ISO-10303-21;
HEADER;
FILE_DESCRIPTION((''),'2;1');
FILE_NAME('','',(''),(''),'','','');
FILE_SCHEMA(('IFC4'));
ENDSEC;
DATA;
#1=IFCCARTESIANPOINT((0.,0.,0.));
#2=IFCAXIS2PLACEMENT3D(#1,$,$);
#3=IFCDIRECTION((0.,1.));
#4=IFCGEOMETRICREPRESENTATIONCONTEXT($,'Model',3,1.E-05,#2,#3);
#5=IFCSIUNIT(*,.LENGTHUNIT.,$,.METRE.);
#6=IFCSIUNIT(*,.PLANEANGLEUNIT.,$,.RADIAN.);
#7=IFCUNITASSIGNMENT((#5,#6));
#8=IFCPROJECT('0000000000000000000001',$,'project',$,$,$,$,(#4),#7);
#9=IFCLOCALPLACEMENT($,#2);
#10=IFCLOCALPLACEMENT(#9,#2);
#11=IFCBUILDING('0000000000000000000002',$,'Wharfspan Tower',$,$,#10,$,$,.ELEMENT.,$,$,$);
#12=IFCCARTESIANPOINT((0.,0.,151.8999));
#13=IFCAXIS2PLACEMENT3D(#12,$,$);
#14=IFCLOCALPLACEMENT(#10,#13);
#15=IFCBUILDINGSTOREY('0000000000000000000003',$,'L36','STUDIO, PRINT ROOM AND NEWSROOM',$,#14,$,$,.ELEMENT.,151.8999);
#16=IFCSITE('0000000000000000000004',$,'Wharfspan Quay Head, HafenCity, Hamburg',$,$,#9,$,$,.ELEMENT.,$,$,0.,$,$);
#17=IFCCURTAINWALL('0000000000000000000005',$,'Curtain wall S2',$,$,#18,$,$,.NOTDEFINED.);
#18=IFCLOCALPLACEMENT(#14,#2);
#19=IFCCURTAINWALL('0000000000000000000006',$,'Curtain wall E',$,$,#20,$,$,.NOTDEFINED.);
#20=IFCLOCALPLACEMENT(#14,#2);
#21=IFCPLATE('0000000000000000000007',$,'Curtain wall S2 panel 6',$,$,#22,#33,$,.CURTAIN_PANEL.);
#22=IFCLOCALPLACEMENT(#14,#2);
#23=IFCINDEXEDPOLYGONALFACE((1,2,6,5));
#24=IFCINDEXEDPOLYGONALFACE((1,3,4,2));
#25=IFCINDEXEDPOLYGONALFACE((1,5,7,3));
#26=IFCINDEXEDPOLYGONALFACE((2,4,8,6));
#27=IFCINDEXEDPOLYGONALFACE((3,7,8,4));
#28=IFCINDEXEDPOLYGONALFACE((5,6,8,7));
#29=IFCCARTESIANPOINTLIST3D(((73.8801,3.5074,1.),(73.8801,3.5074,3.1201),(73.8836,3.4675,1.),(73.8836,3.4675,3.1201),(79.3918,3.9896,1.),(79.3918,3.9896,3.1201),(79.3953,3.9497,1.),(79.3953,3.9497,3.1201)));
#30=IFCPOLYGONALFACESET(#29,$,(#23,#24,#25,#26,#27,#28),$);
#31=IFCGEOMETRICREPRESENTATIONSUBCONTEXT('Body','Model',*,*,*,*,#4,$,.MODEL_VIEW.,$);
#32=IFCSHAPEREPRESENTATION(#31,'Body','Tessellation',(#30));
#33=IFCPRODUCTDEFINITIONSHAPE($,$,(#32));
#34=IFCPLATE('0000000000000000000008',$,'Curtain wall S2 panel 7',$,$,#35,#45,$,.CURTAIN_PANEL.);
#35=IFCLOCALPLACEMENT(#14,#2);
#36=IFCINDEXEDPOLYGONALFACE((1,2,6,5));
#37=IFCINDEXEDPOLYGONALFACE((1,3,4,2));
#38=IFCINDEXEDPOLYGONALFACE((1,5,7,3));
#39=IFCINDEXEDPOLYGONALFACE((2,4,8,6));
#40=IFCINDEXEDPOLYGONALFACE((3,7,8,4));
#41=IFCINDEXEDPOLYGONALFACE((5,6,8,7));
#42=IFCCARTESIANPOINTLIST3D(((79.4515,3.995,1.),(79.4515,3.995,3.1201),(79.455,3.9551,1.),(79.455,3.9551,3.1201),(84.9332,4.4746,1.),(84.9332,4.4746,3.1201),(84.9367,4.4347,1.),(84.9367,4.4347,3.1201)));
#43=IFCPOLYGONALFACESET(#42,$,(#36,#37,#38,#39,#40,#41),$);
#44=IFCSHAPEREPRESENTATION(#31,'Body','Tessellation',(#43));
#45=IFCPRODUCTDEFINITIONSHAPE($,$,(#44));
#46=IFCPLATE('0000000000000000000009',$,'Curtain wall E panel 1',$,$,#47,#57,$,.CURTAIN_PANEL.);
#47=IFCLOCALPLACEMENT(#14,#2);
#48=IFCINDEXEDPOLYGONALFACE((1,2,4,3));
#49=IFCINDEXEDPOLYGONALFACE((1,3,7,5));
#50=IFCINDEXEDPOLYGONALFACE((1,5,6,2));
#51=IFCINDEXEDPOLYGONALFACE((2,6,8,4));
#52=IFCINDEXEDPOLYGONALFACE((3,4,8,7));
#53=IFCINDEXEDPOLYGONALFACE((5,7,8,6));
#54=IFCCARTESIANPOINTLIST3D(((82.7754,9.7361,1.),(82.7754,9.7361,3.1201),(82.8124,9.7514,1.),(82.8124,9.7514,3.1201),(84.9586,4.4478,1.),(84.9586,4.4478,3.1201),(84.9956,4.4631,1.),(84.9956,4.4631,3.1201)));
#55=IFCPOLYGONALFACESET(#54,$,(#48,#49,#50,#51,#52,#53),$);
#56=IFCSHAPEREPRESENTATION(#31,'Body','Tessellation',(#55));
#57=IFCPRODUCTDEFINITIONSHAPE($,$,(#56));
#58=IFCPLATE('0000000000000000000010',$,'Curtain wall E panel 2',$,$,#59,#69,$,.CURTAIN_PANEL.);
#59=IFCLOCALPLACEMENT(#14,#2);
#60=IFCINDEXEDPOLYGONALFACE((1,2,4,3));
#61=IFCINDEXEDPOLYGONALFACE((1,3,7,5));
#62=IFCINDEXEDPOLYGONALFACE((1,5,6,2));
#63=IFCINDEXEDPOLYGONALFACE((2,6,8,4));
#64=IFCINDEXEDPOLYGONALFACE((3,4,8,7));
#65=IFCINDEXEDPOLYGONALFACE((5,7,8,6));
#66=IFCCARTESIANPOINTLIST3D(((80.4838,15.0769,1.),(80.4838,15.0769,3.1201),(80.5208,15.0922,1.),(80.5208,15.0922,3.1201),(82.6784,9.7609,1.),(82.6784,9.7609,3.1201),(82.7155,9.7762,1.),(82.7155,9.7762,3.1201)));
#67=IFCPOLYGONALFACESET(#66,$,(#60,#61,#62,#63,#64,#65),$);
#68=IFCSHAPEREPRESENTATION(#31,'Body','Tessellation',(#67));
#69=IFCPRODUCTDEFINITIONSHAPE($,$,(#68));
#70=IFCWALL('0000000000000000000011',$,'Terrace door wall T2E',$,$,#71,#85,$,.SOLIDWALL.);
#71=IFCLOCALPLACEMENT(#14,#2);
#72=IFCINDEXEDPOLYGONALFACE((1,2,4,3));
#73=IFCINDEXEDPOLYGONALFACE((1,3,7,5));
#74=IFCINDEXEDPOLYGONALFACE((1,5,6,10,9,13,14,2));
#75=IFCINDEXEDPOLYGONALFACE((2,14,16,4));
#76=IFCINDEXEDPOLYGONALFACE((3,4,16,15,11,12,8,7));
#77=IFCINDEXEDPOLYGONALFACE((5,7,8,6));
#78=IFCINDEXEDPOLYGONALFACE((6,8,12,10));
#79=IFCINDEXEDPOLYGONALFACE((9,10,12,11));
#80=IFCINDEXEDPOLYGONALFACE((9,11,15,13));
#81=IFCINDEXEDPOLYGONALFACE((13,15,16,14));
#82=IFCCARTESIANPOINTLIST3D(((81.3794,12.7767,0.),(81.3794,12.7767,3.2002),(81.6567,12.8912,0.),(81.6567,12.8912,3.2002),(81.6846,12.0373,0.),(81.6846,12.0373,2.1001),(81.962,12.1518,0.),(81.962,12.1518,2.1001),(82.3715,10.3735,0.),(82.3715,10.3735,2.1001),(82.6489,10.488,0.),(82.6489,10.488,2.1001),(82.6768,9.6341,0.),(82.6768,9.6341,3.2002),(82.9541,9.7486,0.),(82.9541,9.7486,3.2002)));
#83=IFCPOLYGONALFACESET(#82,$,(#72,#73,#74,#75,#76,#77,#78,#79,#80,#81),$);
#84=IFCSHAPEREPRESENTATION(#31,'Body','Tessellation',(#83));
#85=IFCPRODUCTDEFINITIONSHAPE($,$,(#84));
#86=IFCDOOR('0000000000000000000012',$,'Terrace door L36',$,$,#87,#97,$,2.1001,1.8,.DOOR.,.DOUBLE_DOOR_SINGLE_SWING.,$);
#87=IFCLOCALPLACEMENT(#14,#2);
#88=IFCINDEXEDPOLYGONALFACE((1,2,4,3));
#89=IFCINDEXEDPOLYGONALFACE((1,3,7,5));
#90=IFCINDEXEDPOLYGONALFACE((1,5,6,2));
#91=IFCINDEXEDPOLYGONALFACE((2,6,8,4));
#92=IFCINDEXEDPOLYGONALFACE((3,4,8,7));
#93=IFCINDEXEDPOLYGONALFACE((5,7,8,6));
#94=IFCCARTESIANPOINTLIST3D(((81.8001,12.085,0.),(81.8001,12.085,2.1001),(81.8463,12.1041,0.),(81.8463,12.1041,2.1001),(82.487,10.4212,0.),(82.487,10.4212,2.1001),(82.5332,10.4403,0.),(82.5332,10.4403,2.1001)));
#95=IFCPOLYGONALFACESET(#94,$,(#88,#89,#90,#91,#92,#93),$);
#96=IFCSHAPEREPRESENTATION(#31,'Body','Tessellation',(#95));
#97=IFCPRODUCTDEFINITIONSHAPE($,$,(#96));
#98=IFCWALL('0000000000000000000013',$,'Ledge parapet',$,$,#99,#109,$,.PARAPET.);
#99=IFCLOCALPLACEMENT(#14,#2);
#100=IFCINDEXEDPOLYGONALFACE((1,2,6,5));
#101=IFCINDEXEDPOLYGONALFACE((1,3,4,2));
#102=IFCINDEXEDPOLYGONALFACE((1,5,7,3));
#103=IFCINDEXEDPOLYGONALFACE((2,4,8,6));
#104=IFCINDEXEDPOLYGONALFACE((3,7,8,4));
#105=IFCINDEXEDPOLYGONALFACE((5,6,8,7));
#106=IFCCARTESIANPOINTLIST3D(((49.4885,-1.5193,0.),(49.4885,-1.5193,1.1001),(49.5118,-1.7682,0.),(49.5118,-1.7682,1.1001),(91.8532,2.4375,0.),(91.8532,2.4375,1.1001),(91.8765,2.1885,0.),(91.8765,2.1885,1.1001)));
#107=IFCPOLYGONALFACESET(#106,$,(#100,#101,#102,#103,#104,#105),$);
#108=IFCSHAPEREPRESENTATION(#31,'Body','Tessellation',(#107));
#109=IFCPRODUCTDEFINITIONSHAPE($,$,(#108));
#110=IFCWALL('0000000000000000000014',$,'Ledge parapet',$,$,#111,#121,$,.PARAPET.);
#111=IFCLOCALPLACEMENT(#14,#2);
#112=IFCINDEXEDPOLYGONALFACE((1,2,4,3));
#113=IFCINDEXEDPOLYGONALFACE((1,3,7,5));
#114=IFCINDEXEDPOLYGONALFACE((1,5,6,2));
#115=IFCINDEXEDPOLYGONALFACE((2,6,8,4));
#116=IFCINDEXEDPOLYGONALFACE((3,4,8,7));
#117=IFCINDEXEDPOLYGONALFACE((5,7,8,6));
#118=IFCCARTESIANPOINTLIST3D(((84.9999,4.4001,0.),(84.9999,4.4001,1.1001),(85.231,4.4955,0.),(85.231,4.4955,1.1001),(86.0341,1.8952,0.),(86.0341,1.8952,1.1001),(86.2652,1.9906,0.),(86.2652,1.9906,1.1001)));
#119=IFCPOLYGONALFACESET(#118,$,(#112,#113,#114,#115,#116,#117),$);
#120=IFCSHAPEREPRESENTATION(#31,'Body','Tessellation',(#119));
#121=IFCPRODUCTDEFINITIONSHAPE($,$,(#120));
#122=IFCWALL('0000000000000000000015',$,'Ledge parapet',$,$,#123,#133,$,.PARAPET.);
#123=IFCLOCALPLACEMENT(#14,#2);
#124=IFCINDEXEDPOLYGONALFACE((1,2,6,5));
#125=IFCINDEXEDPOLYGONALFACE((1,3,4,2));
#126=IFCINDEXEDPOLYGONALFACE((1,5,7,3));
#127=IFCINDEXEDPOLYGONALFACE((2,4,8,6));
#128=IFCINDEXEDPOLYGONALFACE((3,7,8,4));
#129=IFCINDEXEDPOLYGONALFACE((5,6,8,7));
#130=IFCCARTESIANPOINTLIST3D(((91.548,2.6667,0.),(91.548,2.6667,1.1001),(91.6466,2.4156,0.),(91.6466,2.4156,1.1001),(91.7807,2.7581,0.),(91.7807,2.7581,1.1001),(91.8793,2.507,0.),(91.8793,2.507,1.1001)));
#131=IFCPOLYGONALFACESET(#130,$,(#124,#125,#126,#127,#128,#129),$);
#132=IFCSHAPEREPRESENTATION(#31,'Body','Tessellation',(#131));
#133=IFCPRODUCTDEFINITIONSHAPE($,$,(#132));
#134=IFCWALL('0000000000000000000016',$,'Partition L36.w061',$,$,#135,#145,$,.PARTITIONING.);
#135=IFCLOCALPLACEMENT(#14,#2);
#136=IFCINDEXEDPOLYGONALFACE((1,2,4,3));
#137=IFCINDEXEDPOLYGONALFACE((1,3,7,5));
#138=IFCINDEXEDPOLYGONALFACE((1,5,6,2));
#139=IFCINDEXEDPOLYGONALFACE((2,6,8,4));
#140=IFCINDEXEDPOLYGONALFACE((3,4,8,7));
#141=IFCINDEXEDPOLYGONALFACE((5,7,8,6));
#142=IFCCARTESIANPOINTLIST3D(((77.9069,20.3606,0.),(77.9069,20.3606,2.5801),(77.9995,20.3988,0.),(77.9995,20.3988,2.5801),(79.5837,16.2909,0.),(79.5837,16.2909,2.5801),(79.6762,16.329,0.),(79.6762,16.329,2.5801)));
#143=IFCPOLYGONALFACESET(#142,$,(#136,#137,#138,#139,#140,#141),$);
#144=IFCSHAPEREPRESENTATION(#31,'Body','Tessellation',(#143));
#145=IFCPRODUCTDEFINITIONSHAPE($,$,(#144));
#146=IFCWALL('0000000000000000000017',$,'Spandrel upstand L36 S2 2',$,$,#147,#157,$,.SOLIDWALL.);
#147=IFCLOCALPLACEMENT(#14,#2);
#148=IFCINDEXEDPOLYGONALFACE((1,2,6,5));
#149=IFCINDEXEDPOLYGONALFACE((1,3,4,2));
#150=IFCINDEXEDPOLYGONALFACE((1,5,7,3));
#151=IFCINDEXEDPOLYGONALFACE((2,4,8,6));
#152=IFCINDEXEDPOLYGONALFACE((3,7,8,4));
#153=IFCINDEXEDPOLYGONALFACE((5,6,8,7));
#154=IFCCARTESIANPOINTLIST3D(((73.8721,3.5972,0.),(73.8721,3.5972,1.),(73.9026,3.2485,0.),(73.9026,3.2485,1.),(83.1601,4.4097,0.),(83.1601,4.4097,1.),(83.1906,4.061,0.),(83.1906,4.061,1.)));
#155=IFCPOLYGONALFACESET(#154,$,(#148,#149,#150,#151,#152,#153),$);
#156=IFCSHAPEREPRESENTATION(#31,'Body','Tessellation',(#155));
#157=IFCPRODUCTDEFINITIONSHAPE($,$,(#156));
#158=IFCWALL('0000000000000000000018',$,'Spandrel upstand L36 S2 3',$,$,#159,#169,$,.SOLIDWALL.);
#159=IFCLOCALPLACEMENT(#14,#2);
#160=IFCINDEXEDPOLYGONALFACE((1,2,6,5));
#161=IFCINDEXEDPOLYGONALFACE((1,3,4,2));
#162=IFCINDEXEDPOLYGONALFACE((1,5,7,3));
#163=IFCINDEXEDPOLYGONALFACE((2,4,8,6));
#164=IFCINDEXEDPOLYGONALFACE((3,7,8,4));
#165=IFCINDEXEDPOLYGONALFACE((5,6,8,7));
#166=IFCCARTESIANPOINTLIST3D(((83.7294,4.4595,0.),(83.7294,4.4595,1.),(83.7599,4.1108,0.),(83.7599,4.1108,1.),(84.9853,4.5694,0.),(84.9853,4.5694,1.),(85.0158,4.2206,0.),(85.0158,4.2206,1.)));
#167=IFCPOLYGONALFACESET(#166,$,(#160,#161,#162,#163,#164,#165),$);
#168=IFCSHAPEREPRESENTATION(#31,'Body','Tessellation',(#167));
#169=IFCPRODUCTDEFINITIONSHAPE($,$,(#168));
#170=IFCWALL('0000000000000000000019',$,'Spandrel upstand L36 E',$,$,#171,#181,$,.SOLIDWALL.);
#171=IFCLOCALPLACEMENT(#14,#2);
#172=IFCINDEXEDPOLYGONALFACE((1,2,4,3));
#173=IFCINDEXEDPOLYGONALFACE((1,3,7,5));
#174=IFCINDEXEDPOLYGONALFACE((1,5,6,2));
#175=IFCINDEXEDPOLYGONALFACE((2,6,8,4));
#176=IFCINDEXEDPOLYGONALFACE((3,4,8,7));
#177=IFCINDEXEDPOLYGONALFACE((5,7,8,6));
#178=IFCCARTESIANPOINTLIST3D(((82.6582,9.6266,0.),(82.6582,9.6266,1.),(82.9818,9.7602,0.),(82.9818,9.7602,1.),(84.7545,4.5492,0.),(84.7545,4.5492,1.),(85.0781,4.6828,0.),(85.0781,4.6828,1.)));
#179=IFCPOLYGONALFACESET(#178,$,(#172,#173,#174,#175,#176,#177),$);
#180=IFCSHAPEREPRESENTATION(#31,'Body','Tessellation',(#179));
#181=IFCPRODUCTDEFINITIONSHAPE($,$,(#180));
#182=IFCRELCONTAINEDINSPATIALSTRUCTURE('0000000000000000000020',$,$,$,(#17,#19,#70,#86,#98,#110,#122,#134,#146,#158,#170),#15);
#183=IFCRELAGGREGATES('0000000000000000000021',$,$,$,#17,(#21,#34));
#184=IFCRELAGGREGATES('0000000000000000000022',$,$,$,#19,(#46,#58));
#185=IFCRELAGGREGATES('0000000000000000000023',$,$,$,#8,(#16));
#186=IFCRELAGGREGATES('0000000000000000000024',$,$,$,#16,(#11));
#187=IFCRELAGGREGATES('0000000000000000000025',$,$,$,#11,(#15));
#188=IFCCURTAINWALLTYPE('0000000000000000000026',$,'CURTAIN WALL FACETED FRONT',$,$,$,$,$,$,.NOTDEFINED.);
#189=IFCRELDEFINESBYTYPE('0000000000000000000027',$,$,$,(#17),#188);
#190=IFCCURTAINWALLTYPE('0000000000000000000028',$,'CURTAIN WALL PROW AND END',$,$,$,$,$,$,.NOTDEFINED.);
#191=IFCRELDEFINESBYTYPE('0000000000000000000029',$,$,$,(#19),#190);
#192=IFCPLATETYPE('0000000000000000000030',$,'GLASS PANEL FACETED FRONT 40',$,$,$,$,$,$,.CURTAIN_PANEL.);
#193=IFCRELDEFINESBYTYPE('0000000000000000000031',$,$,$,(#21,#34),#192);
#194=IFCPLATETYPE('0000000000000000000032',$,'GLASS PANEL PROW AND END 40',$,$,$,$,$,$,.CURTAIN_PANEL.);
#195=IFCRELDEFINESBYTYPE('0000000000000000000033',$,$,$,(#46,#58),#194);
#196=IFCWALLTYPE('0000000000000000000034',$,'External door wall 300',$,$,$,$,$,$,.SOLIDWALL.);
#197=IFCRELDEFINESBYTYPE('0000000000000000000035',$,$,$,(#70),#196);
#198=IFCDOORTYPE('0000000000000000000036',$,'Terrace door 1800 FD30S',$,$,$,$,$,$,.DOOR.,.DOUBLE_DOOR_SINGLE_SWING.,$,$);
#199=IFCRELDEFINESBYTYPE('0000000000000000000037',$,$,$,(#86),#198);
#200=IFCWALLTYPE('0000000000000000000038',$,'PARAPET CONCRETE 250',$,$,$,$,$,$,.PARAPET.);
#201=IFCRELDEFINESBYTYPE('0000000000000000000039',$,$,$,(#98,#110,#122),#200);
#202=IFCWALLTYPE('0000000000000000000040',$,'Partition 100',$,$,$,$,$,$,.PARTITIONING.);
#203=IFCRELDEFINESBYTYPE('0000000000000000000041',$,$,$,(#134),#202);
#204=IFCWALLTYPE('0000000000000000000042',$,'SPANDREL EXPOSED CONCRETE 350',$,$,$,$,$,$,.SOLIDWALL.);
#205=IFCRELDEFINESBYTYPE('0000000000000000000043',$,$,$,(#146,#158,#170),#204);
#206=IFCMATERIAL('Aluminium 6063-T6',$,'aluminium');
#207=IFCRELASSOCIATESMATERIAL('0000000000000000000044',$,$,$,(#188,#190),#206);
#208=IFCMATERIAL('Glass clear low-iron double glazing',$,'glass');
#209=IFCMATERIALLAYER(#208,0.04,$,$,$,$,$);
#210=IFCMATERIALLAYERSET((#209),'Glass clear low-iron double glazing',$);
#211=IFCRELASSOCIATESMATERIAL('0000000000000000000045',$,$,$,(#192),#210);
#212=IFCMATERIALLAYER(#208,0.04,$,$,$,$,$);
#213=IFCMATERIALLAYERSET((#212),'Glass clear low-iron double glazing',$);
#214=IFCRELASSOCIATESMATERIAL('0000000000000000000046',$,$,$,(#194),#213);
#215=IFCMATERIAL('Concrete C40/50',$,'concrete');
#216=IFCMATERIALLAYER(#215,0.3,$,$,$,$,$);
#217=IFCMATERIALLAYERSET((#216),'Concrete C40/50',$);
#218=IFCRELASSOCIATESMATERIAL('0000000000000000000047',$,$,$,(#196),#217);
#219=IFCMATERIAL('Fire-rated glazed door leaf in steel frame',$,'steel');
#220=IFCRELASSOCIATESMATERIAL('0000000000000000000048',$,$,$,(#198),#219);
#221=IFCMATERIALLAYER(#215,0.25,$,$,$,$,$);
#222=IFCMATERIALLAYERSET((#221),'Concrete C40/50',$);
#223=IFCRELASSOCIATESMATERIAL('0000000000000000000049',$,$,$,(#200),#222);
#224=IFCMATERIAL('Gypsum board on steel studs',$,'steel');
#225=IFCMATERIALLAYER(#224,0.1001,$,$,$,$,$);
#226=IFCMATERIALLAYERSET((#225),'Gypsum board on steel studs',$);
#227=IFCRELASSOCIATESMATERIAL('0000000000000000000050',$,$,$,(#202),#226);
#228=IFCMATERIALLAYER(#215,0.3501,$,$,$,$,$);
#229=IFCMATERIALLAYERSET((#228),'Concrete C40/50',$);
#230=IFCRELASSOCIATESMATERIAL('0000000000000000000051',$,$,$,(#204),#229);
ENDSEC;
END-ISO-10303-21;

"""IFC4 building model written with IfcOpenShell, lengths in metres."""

from ifc_helpers import new_model, si_unit, direction, frame, frame_2d, origin, origin_2d, place, context, subcontext, project, spatial, rectangle, extrude, material, layer, layer_set, type_object, element, fill, aggregate, save


model = new_model("IFC4")

# Units and contexts
model_context = context("Model", 3, precision=1e-05, world=origin(), true_north=direction((0.0, 1.0)))
body_context = subcontext(model_context, "Body", "Model", "MODEL_VIEW")
ifc_project = project(units=[si_unit("LENGTHUNIT", "METRE"), si_unit("PLANEANGLEUNIT", "RADIAN")], contexts=[model_context])

# Site, building, storey
site_placement = place(None, origin())
site = spatial("IfcSite", under=ifc_project, at=site_placement, Name="Wharfspan Quay Head, HafenCity, Hamburg", CompositionType="ELEMENT", RefElevation=0.0)
building_placement = place(site_placement, origin())
building = spatial("IfcBuilding", under=site, at=building_placement, Name="Wharfspan Tower", CompositionType="ELEMENT")
storey_placement = place(building_placement, frame((0.0, 0.0, 151.8999)))
storey = spatial("IfcBuildingStorey", under=building, at=storey_placement, Name="L36", Description="STUDIO, PRINT ROOM AND NEWSROOM", CompositionType="ELEMENT", Elevation=151.8999)

# Curtain walls
ifc_material_1 = material(Name="Aluminium 6063-T6", Category="aluminium")
curtain_wall_type_1 = type_object("IfcCurtainWallType", Name="CURTAIN WALL FACETED FRONT", PredefinedType="NOTDEFINED", material=ifc_material_1)
curtain_wall_1_placement = place(storey_placement, origin())
curtain_wall_1 = element("IfcCurtainWall", 1, at=curtain_wall_1_placement, inside=storey, type_object=curtain_wall_type_1, Name="Curtain wall S2", PredefinedType="NOTDEFINED")
curtain_wall_type_2 = type_object("IfcCurtainWallType", Name="CURTAIN WALL PROW AND END", PredefinedType="NOTDEFINED", material=ifc_material_1)
curtain_wall_2_placement = place(storey_placement, origin())
curtain_wall_2 = element("IfcCurtainWall", 2, at=curtain_wall_2_placement, inside=storey, type_object=curtain_wall_type_2, Name="Curtain wall E", PredefinedType="NOTDEFINED")

# Plates
ifc_material_2 = material(Name="Glass clear low-iron double glazing", Category="glass")
ifc_layer_1 = layer(ifc_material_2, 0.04)
ifc_layer_set_1 = layer_set([ifc_layer_1], Name="Glass clear low-iron double glazing")
plate_type_1 = type_object("IfcPlateType", Name="GLASS PANEL FACETED FRONT 40", PredefinedType="CURTAIN_PANEL", material=ifc_layer_set_1)
plate_1_placement = place(storey_placement, frame((76.6377, 3.7285, 1.0), z_axis=(0.0, 0.0, 1.0), x_axis=(0.996198, 0.087156, 0.0)))
plate_1 = element("IfcPlate", 3, at=plate_1_placement, type_object=plate_type_1, Name="Curtain wall S2 panel 6", PredefinedType="CURTAIN_PANEL", context=body_context, shape_type="SweptSolid", body=[
    extrude(rectangle(XDim=5.5327, YDim=0.04, at=origin_2d()), origin(), (0.0, 0.0, 1.0), 2.1201),
])
plate_2_placement = place(storey_placement, frame((82.1941, 4.2148, 1.0), z_axis=(0.0, 0.0, 1.0), x_axis=(0.996198, 0.087156, 0.0)))
plate_2 = element("IfcPlate", 4, at=plate_2_placement, type_object=plate_type_1, Name="Curtain wall S2 panel 7", PredefinedType="CURTAIN_PANEL", context=body_context, shape_type="SweptSolid", body=[
    extrude(rectangle(XDim=5.5027, YDim=0.04, at=origin_2d()), origin(), (0.0, 0.0, 1.0), 2.1201),
])
aggregate(curtain_wall_1, [plate_1, plate_2])
ifc_layer_2 = layer(ifc_material_2, 0.04)
ifc_layer_set_2 = layer_set([ifc_layer_2], Name="Glass clear low-iron double glazing")
plate_type_2 = type_object("IfcPlateType", Name="GLASS PANEL PROW AND END 40", PredefinedType="CURTAIN_PANEL", material=ifc_layer_set_2)
plate_3_placement = place(storey_placement, frame((83.8855, 7.0996, 1.0), z_axis=(0.0, 0.0, 1.0), x_axis=(-0.381602, 0.924325, 0.0)))
plate_3 = element("IfcPlate", 5, at=plate_3_placement, type_object=plate_type_2, Name="Curtain wall E panel 1", PredefinedType="CURTAIN_PANEL", context=body_context, shape_type="SweptSolid", body=[
    extrude(rectangle(XDim=5.7212, YDim=0.04, at=origin_2d()), origin(), (0.0, 0.0, 1.0), 2.1201),
])
plate_4_placement = place(storey_placement, frame((81.5996, 12.4265, 1.0), z_axis=(0.0, 0.0, 1.0), x_axis=(-0.381602, 0.924325, 0.0)))
plate_4 = element("IfcPlate", 6, at=plate_4_placement, type_object=plate_type_2, Name="Curtain wall E panel 2", PredefinedType="CURTAIN_PANEL", context=body_context, shape_type="SweptSolid", body=[
    extrude(rectangle(XDim=5.7512, YDim=0.04, at=origin_2d()), origin(), (0.0, 0.0, 1.0), 2.1201),
])
aggregate(curtain_wall_2, [plate_3, plate_4])

# Wall, opening, door
ifc_material_3 = material(Name="Concrete C40/50", Category="concrete")
ifc_layer_3 = layer(ifc_material_3, 0.3)
ifc_layer_set_3 = layer_set([ifc_layer_3], Name="Concrete C40/50")
wall_type_1 = type_object("IfcWallType", Name="External door wall 300", PredefinedType="SOLIDWALL", material=ifc_layer_set_3)
wall_1_placement = place(storey_placement, frame((81.5181, 12.834, 0.0), z_axis=(0.0, 0.0, 1.0), x_axis=(0.381594, -0.924328, 0.0)))
wall_1 = element("IfcWall", 7, at=wall_1_placement, inside=storey, type_object=wall_type_1, Name="Terrace door wall T2E", PredefinedType="SOLIDWALL", context=body_context, shape_type="SweptSolid", body=[
    extrude(rectangle(XDim=3.3999, YDim=0.3, at=frame_2d((1.7, 0.0))), origin(), (0.0, 0.0, 1.0), 3.2002),
])
opening_placement = place(wall_1_placement, frame((0.8, 0.0, 0.0)))
opening = element("IfcOpeningElement", 8, at=opening_placement, cuts=wall_1, PredefinedType="OPENING", context=body_context, shape_type="SweptSolid", body=[
    extrude(rectangle(XDim=1.8, YDim=2.1001, at=frame_2d((0.8999, 1.05))), frame((0.0, 0.1599, 0.0), z_axis=(0.0, -1.0, 0.0), x_axis=(1.0, 0.0, 0.0)), (0.0, 0.0, 1.0), 0.3201),
])
ifc_material_4 = material(Name="Fire-rated glazed door leaf in steel frame", Category="steel")
door_type = type_object("IfcDoorType", Name="Terrace door 1800 FD30S", OperationType="DOUBLE_DOOR_SINGLE_SWING", PredefinedType="DOOR", material=ifc_material_4)
door_placement = place(opening_placement, origin())
door = element("IfcDoor", 9, at=door_placement, inside=storey, type_object=door_type, Name="Terrace door L36", OperationType="DOUBLE_DOOR_SINGLE_SWING", OverallHeight=2.1001, OverallWidth=1.8, PredefinedType="DOOR", context=body_context, shape_type="SweptSolid", body=[
    extrude(rectangle(XDim=1.8, YDim=2.1001, at=frame_2d((0.8999, 1.05))), frame((0.0, 0.0249, 0.0), z_axis=(0.0, -1.0, 0.0), x_axis=(1.0, 0.0, 0.0)), (0.0, 0.0, 1.0), 0.05),
])
fill(opening, door)

# Walls
ifc_layer_4 = layer(ifc_material_3, 0.25)
ifc_layer_set_4 = layer_set([ifc_layer_4], Name="Concrete C40/50")
wall_type_2 = type_object("IfcWallType", Name="PARAPET CONCRETE 250", PredefinedType="PARAPET", material=ifc_layer_set_4)
wall_2_placement = place(storey_placement, frame((91.8647, 2.313, 0.0), z_axis=(0.0, 0.0, 1.0), x_axis=(-0.995663, -0.092993, 0.0)))
element("IfcWall", 10, at=wall_2_placement, inside=storey, type_object=wall_type_2, Name="Ledge parapet", PredefinedType="PARAPET", context=body_context, shape_type="SweptSolid", body=[
    extrude(rectangle(XDim=42.5491, YDim=0.25, at=frame_2d((21.2744, 0.0))), origin(), (0.0, 0.0, 1.0), 1.1001),
])
wall_3_placement = place(storey_placement, frame((85.1155, 4.4478, 0.0), z_axis=(0.0, 0.0, 1.0), x_axis=(0.381619, -0.924318, 0.0)))
element("IfcWall", 11, at=wall_3_placement, inside=storey, type_object=wall_type_2, Name="Ledge parapet", PredefinedType="PARAPET", context=body_context, shape_type="SweptSolid", body=[
    extrude(rectangle(XDim=2.71, YDim=0.25, at=frame_2d((1.355, 0.0))), origin(), (0.0, 0.0, 1.0), 1.1001),
])
wall_4_placement = place(storey_placement, frame((91.7629, 2.4614, 0.0), z_axis=(0.0, 0.0, 1.0), x_axis=(-0.365457, 0.93083, 0.0)))
element("IfcWall", 12, at=wall_4_placement, inside=storey, type_object=wall_type_2, Name="Ledge parapet", PredefinedType="PARAPET", context=body_context, shape_type="SweptSolid", body=[
    extrude(rectangle(XDim=0.2698, YDim=0.25, at=frame_2d((0.1348, 0.0))), origin(), (0.0, 0.0, 1.0), 1.1001),
])
ifc_material_5 = material(Name="Gypsum board on steel studs", Category="steel")
ifc_layer_5 = layer(ifc_material_5, 0.1001)
ifc_layer_set_5 = layer_set([ifc_layer_5], Name="Gypsum board on steel studs")
wall_type_3 = type_object("IfcWallType", Name="Partition 100", PredefinedType="PARTITIONING", material=ifc_layer_set_5)
wall_5_placement = place(storey_placement, frame((79.6299, 16.3101, 0.0), z_axis=(0.0, 0.0, 1.0), x_axis=(-0.380933, 0.9246, 0.0)))
element("IfcWall", 13, at=wall_5_placement, inside=storey, type_object=wall_type_3, Name="Partition L36.w061", PredefinedType="PARTITIONING", context=body_context, shape_type="SweptSolid", body=[
    extrude(rectangle(XDim=4.4016, YDim=0.1001, at=frame_2d((2.2007, 0.0))), origin(), (0.0, 0.0, 1.0), 2.5801),
])
ifc_layer_6 = layer(ifc_material_3, 0.3501)
ifc_layer_set_6 = layer_set([ifc_layer_6], Name="Concrete C40/50")
wall_type_4 = type_object("IfcWallType", Name="SPANDREL EXPOSED CONCRETE 350", PredefinedType="SOLIDWALL", material=ifc_layer_set_6)
wall_6_placement = place(storey_placement, frame((73.8875, 3.4229, 0.0), z_axis=(0.0, 0.0, 1.0), x_axis=(0.996197, 0.087145, 0.0)))
element("IfcWall", 14, at=wall_6_placement, inside=storey, type_object=wall_type_4, Name="Spandrel upstand L36 S2 2", PredefinedType="SOLIDWALL", context=body_context, shape_type="SweptSolid", body=[
    extrude(rectangle(XDim=9.3235, YDim=0.3501, at=frame_2d((4.6616, 0.0))), origin(), (0.0, 0.0, 1.0), 1.0),
])
wall_7_placement = place(storey_placement, frame((83.7446, 4.2852, 0.0), z_axis=(0.0, 0.0, 1.0), x_axis=(0.996198, 0.087148, 0.0)))
element("IfcWall", 15, at=wall_7_placement, inside=storey, type_object=wall_type_4, Name="Spandrel upstand L36 S2 3", PredefinedType="SOLIDWALL", context=body_context, shape_type="SweptSolid", body=[
    extrude(rectangle(XDim=1.2607, YDim=0.3501, at=frame_2d((0.6304, 0.0))), origin(), (0.0, 0.0, 1.0), 1.0),
])
wall_8_placement = place(storey_placement, frame((84.9163, 4.616, 0.0), z_axis=(0.0, 0.0, 1.0), x_axis=(-0.381607, 0.924328, 0.0)))
element("IfcWall", 16, at=wall_8_placement, inside=storey, type_object=wall_type_4, Name="Spandrel upstand L36 E", PredefinedType="SOLIDWALL", context=body_context, shape_type="SweptSolid", body=[
    extrude(rectangle(XDim=5.4932, YDim=0.3501, at=frame_2d((2.7466, 0.0))), origin(), (0.0, 0.0, 1.0), 1.0),
])

save(model, "model.ifc")
